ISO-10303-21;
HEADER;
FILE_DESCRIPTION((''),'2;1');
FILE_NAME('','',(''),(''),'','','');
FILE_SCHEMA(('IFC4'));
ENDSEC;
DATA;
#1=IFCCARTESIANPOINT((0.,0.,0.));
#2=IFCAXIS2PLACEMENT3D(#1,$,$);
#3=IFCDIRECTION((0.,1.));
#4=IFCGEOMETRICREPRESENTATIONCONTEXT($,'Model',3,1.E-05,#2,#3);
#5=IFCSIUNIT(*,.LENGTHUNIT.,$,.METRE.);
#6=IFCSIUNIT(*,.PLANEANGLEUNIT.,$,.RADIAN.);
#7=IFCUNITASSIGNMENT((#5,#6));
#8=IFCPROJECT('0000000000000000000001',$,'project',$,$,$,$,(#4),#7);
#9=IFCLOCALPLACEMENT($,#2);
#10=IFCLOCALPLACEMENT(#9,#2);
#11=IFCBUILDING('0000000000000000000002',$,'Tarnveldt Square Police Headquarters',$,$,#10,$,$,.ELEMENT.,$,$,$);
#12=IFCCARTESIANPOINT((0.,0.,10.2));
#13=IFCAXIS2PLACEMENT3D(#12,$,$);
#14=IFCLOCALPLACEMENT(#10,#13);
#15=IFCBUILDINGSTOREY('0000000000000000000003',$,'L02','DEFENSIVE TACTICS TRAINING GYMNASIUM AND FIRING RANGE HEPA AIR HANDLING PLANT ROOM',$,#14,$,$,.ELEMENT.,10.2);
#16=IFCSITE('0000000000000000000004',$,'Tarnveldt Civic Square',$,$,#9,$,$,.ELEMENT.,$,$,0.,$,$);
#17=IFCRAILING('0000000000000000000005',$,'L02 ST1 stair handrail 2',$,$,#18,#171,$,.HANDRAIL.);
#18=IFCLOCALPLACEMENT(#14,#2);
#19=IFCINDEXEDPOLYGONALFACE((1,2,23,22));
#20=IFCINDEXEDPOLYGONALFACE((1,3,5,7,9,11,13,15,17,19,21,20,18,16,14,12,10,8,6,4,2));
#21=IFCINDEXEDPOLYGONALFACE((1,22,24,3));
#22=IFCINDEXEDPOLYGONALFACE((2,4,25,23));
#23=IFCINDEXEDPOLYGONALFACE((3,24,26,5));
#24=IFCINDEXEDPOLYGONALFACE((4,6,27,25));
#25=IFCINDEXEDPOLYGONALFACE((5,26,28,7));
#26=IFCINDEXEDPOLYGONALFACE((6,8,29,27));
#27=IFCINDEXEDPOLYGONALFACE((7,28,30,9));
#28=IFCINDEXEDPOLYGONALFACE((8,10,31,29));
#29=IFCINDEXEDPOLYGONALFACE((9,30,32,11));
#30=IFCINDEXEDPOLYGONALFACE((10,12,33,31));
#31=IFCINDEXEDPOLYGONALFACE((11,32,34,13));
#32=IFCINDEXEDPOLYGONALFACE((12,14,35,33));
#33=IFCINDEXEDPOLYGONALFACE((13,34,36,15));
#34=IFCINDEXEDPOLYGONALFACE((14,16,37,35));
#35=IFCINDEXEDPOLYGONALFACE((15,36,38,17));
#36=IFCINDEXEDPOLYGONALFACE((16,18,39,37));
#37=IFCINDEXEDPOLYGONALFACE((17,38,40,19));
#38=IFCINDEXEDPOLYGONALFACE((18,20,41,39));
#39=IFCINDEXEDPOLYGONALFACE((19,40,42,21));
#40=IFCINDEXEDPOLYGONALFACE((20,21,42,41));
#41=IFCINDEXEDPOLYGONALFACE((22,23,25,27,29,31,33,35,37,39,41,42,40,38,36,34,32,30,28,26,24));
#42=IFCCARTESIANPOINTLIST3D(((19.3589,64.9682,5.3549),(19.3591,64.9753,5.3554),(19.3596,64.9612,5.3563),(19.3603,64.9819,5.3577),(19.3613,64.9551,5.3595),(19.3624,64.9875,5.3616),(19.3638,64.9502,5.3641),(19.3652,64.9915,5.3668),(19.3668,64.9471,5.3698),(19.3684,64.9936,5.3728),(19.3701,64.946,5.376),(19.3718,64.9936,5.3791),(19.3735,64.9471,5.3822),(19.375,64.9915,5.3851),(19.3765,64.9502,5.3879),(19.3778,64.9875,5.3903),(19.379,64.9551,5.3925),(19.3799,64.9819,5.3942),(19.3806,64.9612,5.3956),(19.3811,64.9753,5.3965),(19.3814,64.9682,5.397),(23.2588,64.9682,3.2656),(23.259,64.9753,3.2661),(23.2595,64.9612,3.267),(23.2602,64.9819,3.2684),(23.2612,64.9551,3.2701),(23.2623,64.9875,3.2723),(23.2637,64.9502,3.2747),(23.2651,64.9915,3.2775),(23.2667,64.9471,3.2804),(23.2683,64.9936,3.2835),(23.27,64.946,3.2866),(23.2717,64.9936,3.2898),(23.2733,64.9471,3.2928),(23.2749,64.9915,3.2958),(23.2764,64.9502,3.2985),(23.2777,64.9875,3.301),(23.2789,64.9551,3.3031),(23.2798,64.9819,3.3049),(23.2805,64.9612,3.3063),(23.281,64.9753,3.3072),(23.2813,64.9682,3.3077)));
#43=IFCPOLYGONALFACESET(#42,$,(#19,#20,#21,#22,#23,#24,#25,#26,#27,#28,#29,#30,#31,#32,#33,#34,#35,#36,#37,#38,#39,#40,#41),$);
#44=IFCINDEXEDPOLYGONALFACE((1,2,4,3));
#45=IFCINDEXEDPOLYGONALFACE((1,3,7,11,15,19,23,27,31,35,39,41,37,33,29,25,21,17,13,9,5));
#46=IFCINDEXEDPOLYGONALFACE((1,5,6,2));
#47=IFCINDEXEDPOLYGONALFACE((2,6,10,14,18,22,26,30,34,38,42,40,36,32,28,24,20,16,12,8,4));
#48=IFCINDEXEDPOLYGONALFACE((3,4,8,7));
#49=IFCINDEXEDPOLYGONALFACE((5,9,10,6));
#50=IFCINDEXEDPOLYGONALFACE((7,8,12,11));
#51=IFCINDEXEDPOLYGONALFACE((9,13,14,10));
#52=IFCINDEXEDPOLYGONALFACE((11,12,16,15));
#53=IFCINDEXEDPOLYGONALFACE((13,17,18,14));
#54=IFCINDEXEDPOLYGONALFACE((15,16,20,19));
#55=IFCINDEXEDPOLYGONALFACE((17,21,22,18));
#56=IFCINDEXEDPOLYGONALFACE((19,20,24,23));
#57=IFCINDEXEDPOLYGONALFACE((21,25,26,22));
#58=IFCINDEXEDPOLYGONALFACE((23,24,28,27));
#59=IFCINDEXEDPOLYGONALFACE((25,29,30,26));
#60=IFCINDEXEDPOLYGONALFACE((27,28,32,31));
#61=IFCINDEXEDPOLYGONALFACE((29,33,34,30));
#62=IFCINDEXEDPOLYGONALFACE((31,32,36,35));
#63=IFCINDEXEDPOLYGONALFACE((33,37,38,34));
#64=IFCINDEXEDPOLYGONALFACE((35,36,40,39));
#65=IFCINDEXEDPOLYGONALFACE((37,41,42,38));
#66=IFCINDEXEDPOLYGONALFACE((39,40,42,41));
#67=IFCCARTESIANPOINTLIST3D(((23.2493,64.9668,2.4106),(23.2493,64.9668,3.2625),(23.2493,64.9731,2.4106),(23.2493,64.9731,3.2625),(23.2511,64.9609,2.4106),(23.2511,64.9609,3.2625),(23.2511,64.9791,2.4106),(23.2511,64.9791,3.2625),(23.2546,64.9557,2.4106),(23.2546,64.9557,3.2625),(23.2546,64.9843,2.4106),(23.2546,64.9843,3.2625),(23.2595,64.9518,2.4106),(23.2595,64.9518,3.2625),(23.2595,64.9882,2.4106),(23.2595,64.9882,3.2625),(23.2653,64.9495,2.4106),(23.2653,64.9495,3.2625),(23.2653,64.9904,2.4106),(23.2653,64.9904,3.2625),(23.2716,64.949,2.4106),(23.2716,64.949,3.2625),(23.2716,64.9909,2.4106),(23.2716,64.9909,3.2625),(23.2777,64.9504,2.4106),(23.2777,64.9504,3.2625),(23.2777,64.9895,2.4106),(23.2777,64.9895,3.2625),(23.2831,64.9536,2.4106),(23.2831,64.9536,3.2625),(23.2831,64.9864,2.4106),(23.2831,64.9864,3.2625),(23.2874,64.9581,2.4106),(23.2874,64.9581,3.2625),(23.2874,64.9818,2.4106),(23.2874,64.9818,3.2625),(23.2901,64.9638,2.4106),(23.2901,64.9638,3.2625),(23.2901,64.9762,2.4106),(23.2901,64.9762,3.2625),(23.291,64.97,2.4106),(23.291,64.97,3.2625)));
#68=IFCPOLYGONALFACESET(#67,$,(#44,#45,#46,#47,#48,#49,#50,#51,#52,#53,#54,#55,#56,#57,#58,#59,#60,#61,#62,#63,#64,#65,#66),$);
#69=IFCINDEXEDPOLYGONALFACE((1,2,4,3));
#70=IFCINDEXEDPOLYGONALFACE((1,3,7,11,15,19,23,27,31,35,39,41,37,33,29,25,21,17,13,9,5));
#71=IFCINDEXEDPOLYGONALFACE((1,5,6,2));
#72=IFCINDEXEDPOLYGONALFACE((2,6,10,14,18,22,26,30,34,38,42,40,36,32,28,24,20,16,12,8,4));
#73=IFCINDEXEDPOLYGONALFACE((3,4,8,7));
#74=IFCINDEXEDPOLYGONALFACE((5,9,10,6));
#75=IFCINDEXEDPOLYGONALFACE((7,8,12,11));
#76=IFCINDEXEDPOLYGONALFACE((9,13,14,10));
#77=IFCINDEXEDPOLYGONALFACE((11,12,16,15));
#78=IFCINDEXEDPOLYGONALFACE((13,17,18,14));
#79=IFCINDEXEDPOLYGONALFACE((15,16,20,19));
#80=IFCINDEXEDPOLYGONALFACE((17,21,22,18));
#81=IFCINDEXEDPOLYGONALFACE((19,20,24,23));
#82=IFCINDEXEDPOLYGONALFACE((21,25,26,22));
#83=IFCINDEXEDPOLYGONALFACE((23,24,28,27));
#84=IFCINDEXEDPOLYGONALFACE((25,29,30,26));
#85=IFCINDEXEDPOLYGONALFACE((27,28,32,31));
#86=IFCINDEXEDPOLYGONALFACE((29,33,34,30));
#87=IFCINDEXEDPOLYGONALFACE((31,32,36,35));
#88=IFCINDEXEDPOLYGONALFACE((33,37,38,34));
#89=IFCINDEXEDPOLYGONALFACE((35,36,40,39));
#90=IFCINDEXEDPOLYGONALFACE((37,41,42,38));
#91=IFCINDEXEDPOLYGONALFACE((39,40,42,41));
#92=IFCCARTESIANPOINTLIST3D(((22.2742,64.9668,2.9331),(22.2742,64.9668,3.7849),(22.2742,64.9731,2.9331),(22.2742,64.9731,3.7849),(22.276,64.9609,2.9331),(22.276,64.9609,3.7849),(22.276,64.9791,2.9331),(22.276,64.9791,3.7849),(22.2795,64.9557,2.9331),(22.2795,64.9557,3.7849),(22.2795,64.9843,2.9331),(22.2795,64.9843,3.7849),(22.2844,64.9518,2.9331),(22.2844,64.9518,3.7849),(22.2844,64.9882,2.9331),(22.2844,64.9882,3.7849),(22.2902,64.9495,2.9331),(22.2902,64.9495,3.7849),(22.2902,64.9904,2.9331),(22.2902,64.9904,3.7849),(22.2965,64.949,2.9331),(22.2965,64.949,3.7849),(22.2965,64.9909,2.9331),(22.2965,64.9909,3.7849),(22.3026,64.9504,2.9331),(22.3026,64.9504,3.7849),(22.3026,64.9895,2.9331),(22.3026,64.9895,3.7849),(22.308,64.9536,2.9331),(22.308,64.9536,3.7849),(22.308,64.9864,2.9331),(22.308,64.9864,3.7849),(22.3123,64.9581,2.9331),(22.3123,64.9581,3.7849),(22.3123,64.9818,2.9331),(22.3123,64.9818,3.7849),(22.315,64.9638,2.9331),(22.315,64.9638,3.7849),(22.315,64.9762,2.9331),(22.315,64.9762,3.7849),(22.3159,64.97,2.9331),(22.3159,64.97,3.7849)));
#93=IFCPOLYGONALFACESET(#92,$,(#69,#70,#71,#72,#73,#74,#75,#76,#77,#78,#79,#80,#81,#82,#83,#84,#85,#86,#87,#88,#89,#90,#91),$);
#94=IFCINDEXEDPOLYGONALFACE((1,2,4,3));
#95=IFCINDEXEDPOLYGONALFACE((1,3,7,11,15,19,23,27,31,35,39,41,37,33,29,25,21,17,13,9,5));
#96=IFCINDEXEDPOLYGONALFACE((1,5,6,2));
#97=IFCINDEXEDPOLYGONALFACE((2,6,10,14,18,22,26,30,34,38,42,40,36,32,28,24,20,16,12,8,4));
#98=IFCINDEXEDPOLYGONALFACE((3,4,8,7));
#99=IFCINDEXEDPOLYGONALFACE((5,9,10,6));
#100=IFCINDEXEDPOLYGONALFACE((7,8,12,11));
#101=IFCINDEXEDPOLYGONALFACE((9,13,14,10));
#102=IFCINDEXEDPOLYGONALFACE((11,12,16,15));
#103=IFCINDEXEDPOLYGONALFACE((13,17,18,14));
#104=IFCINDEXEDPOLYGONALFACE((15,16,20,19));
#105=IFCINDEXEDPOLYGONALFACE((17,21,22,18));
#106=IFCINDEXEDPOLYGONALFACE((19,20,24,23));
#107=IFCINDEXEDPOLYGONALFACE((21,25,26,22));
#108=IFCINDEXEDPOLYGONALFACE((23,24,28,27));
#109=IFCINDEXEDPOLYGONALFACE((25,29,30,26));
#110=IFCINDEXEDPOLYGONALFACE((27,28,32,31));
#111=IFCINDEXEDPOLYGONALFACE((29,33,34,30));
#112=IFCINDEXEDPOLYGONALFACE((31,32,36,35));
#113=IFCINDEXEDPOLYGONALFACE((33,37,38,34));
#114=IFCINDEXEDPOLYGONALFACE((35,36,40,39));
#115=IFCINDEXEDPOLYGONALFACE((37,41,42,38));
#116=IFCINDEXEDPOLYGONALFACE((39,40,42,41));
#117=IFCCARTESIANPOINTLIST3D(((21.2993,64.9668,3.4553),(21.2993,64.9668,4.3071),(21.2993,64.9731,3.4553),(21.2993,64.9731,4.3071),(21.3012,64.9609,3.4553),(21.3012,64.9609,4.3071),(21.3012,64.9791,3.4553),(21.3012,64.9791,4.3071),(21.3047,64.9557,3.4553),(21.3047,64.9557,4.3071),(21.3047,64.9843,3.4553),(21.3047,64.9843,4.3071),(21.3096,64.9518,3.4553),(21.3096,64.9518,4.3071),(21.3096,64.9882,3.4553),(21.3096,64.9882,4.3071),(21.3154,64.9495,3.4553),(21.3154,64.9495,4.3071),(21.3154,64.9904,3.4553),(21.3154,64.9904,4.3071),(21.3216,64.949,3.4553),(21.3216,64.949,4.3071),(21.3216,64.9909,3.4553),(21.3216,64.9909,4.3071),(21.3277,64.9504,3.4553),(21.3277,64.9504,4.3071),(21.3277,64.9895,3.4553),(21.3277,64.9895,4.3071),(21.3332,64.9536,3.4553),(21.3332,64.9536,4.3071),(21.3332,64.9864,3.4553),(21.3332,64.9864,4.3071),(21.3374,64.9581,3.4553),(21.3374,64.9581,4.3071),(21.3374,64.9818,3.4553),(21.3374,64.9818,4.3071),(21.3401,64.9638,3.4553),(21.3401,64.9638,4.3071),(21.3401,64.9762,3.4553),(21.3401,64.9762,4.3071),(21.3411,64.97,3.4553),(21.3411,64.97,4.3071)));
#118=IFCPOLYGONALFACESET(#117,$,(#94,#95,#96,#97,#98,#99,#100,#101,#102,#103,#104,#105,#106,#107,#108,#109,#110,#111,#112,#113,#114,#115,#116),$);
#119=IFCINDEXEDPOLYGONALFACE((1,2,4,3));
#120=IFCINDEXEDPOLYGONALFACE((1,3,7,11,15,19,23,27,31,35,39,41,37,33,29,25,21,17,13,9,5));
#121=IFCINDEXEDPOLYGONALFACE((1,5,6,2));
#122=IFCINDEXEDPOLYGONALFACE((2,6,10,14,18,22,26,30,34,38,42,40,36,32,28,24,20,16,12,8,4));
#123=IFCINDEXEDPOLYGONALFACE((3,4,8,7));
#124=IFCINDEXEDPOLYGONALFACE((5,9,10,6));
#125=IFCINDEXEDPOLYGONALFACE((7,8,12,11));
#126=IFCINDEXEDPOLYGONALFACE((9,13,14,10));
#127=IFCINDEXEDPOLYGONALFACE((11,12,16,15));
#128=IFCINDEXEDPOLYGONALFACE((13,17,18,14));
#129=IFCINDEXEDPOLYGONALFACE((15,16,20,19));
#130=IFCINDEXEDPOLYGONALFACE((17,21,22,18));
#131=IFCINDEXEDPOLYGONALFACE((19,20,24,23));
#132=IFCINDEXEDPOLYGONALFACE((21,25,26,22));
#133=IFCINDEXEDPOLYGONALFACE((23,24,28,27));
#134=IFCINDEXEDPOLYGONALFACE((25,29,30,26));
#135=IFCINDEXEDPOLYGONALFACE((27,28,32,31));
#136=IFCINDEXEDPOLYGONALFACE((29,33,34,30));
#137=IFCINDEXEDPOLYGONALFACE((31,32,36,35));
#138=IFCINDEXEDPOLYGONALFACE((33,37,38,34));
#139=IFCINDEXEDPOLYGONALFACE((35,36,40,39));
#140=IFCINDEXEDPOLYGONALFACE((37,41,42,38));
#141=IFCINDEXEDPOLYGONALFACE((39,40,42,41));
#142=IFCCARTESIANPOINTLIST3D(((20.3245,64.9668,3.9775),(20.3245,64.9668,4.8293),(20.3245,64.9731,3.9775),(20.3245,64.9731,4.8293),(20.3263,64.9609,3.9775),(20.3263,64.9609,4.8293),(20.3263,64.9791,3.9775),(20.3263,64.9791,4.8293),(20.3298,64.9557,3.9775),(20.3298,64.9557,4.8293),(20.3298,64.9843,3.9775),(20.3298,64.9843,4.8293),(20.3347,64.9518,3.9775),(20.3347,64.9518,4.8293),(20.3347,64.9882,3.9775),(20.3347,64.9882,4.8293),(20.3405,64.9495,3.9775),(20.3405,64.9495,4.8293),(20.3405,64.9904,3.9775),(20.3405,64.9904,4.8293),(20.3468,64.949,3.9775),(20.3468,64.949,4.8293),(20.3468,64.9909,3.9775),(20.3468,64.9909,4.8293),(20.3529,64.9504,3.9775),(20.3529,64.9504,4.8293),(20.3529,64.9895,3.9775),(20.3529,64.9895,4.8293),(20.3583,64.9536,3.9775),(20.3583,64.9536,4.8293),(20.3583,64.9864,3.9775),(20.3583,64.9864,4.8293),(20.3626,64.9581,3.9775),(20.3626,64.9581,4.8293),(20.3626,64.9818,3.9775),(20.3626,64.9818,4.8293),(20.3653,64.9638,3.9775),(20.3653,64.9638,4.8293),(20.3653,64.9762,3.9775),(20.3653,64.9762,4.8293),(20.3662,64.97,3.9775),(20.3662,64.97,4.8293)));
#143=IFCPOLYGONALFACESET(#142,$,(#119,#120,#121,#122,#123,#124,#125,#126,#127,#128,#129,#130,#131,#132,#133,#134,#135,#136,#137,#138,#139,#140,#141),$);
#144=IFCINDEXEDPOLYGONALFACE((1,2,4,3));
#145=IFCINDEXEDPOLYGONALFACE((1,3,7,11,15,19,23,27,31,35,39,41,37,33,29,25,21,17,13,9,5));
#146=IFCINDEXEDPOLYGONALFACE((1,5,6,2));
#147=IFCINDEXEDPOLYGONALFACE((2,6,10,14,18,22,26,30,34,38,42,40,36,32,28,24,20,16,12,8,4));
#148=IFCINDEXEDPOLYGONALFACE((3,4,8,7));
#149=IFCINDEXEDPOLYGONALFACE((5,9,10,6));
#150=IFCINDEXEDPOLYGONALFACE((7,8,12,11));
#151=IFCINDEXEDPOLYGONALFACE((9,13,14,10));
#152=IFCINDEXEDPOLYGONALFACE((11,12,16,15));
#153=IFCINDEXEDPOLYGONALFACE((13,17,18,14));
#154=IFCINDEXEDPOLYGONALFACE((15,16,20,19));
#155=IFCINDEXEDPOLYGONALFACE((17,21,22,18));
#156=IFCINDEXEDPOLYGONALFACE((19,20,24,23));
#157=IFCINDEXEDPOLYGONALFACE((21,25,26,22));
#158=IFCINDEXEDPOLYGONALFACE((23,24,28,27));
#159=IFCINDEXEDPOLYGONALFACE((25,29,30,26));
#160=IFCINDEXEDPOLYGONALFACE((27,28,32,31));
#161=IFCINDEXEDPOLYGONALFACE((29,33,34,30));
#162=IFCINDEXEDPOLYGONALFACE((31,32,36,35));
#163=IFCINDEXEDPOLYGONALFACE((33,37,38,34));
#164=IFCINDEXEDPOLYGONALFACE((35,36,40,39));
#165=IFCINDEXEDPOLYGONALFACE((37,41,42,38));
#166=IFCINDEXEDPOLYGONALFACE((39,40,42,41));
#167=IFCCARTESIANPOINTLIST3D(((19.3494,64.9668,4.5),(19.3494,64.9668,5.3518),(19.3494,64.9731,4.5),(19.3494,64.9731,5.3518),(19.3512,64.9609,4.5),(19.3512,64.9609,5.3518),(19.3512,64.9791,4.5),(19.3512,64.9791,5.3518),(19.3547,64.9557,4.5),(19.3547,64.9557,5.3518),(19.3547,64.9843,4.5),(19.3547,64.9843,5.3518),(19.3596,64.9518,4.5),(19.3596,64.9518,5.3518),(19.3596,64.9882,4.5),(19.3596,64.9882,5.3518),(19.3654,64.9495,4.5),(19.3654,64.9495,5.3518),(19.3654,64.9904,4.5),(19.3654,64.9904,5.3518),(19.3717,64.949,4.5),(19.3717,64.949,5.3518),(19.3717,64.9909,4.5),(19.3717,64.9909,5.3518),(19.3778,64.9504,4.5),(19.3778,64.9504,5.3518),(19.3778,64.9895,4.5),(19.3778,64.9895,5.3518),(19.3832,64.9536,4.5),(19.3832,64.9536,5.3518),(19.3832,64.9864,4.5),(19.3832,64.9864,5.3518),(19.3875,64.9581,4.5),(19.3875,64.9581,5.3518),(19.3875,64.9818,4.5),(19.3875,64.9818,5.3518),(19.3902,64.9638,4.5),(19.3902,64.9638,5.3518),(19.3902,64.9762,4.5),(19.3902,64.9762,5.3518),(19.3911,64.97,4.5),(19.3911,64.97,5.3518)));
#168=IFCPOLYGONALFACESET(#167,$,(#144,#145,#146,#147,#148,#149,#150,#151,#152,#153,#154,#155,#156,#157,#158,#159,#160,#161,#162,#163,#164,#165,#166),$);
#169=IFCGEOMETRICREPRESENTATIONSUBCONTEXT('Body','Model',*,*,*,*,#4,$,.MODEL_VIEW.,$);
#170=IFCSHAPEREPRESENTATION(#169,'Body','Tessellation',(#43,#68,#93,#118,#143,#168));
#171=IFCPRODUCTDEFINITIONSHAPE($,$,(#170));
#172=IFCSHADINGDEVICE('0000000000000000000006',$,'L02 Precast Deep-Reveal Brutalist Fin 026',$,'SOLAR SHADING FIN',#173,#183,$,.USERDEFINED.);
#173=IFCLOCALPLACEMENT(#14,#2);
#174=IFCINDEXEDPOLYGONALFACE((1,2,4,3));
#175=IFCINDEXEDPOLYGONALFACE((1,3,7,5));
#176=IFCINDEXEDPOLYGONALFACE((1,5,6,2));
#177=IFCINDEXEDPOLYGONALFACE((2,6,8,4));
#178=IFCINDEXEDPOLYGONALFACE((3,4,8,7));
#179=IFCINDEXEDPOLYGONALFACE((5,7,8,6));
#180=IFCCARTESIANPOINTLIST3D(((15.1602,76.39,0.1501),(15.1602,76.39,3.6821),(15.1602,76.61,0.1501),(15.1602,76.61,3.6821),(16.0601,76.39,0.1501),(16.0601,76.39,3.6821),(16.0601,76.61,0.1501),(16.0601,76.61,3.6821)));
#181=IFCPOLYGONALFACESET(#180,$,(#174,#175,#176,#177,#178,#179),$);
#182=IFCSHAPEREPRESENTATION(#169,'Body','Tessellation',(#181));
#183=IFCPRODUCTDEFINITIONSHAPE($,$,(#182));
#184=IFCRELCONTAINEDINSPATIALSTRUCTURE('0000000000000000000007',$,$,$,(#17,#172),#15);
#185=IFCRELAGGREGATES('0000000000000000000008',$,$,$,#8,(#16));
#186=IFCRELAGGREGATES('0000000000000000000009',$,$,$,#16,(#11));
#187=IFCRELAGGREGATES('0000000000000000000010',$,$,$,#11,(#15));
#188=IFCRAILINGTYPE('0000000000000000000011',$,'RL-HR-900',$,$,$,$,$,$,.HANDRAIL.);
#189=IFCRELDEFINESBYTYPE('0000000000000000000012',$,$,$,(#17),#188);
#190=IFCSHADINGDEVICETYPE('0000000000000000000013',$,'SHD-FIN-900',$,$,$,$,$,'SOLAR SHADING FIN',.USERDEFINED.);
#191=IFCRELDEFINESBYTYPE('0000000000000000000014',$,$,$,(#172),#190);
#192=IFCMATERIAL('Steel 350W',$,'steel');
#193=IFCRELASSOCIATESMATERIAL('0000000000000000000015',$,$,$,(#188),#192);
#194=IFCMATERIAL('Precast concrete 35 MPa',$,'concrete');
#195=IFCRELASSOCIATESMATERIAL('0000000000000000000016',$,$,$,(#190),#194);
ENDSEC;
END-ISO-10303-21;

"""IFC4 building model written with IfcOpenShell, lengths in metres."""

from ifc_helpers import new_model, si_unit, direction, frame, origin, origin_2d, place, context, subcontext, project, spatial, rectangle, circle, extrude, material, material_profile, profile_set, type_object, element, save


model = new_model("IFC4")

# Units and contexts
model_context = context("Model", 3, precision=1e-05, world=origin(), true_north=direction((0.0, 1.0)))
body_context = subcontext(model_context, "Body", "Model", "MODEL_VIEW")
ifc_project = project(units=[si_unit("LENGTHUNIT", "METRE"), si_unit("PLANEANGLEUNIT", "RADIAN")], contexts=[model_context])

# Site, building, storey
site_placement = place(None, origin())
site = spatial("IfcSite", under=ifc_project, at=site_placement, Name="Tarnveldt Civic Square", CompositionType="ELEMENT", RefElevation=0.0)
building_placement = place(site_placement, origin())
building = spatial("IfcBuilding", under=site, at=building_placement, Name="Tarnveldt Square Police Headquarters", CompositionType="ELEMENT")
storey_placement = place(building_placement, frame((0.0, 0.0, 10.2)))
storey = spatial("IfcBuildingStorey", under=building, at=storey_placement, Name="L02", Description="DEFENSIVE TACTICS TRAINING GYMNASIUM AND FIRING RANGE HEPA AIR HANDLING PLANT ROOM", CompositionType="ELEMENT", Elevation=10.2)

# Shared definitions
ifc_material_1 = material(Name="Steel 350W", Category="steel")

# Railing
railing_type_1 = type_object("IfcRailingType", Name="RL-HR-900", PredefinedType="HANDRAIL", material=ifc_material_1)
railing_1_placement = place(storey_placement, frame((23.27, 64.97, 2.4106)))
element("IfcRailing", 1, at=railing_1_placement, inside=storey, type_object=railing_type_1, Name="L02 ST1 stair handrail 2", PredefinedType="HANDRAIL", context=body_context, shape_type="SweptSolid", body=[
    extrude(circle(Radius=0.0239, at=origin_2d()), frame((0.0, 0.0, 0.876), z_axis=(-0.881468, 0.0, 0.472243), x_axis=(0.0, -1.0, 0.0)), (0.0, 0.0, 1.0), 4.4243),
    extrude(circle(Radius=0.021, at=origin_2d()), origin(), (0.0, 0.0, 1.0), 0.8518),
    extrude(circle(Radius=0.021, at=origin_2d()), frame((-0.9751, 0.0, 0.5225)), (0.0, 0.0, 1.0), 0.8518),
    extrude(circle(Radius=0.021, at=origin_2d()), frame((-1.95, 0.0, 1.0447)), (0.0, 0.0, 1.0), 0.8518),
    extrude(circle(Radius=0.021, at=origin_2d()), frame((-2.9248, 0.0, 1.5669)), (0.0, 0.0, 1.0), 0.8518),
    extrude(circle(Radius=0.021, at=origin_2d()), frame((-3.8999, 0.0, 2.0894)), (0.0, 0.0, 1.0), 0.8518),
])

# Shading device
ifc_material_2 = material(Name="Precast concrete 35 MPa", Category="concrete")
ifc_material_profile_1 = material_profile(ifc_material_2, rectangle(XDim=0.22, YDim=0.8999, at=origin_2d()), Name="PC-FIN220x900")
ifc_profile_set_1 = profile_set([ifc_material_profile_1], Name="Precast concrete 35 MPa")
shading_device_type = type_object("IfcShadingDeviceType", Name="SHD-FIN-900", ElementType="SOLAR SHADING FIN", PredefinedType="USERDEFINED", material=ifc_profile_set_1)
shading_device_placement = place(storey_placement, frame((15.6101, 76.5, 0.1501), z_axis=(0.0, 0.0, 1.0), x_axis=(0.0, -1.0, 0.0)))
element("IfcShadingDevice", 2, at=shading_device_placement, inside=storey, type_object=shading_device_type, Name="L02 Precast Deep-Reveal Brutalist Fin 026", ObjectType="SOLAR SHADING FIN", PredefinedType="USERDEFINED", context=body_context, shape_type="SweptSolid", body=[
    extrude(rectangle(XDim=0.22, YDim=0.8999, at=origin_2d()), origin(), (0.0, 0.0, 1.0), 3.532),
])

save(model, "model.ifc")
